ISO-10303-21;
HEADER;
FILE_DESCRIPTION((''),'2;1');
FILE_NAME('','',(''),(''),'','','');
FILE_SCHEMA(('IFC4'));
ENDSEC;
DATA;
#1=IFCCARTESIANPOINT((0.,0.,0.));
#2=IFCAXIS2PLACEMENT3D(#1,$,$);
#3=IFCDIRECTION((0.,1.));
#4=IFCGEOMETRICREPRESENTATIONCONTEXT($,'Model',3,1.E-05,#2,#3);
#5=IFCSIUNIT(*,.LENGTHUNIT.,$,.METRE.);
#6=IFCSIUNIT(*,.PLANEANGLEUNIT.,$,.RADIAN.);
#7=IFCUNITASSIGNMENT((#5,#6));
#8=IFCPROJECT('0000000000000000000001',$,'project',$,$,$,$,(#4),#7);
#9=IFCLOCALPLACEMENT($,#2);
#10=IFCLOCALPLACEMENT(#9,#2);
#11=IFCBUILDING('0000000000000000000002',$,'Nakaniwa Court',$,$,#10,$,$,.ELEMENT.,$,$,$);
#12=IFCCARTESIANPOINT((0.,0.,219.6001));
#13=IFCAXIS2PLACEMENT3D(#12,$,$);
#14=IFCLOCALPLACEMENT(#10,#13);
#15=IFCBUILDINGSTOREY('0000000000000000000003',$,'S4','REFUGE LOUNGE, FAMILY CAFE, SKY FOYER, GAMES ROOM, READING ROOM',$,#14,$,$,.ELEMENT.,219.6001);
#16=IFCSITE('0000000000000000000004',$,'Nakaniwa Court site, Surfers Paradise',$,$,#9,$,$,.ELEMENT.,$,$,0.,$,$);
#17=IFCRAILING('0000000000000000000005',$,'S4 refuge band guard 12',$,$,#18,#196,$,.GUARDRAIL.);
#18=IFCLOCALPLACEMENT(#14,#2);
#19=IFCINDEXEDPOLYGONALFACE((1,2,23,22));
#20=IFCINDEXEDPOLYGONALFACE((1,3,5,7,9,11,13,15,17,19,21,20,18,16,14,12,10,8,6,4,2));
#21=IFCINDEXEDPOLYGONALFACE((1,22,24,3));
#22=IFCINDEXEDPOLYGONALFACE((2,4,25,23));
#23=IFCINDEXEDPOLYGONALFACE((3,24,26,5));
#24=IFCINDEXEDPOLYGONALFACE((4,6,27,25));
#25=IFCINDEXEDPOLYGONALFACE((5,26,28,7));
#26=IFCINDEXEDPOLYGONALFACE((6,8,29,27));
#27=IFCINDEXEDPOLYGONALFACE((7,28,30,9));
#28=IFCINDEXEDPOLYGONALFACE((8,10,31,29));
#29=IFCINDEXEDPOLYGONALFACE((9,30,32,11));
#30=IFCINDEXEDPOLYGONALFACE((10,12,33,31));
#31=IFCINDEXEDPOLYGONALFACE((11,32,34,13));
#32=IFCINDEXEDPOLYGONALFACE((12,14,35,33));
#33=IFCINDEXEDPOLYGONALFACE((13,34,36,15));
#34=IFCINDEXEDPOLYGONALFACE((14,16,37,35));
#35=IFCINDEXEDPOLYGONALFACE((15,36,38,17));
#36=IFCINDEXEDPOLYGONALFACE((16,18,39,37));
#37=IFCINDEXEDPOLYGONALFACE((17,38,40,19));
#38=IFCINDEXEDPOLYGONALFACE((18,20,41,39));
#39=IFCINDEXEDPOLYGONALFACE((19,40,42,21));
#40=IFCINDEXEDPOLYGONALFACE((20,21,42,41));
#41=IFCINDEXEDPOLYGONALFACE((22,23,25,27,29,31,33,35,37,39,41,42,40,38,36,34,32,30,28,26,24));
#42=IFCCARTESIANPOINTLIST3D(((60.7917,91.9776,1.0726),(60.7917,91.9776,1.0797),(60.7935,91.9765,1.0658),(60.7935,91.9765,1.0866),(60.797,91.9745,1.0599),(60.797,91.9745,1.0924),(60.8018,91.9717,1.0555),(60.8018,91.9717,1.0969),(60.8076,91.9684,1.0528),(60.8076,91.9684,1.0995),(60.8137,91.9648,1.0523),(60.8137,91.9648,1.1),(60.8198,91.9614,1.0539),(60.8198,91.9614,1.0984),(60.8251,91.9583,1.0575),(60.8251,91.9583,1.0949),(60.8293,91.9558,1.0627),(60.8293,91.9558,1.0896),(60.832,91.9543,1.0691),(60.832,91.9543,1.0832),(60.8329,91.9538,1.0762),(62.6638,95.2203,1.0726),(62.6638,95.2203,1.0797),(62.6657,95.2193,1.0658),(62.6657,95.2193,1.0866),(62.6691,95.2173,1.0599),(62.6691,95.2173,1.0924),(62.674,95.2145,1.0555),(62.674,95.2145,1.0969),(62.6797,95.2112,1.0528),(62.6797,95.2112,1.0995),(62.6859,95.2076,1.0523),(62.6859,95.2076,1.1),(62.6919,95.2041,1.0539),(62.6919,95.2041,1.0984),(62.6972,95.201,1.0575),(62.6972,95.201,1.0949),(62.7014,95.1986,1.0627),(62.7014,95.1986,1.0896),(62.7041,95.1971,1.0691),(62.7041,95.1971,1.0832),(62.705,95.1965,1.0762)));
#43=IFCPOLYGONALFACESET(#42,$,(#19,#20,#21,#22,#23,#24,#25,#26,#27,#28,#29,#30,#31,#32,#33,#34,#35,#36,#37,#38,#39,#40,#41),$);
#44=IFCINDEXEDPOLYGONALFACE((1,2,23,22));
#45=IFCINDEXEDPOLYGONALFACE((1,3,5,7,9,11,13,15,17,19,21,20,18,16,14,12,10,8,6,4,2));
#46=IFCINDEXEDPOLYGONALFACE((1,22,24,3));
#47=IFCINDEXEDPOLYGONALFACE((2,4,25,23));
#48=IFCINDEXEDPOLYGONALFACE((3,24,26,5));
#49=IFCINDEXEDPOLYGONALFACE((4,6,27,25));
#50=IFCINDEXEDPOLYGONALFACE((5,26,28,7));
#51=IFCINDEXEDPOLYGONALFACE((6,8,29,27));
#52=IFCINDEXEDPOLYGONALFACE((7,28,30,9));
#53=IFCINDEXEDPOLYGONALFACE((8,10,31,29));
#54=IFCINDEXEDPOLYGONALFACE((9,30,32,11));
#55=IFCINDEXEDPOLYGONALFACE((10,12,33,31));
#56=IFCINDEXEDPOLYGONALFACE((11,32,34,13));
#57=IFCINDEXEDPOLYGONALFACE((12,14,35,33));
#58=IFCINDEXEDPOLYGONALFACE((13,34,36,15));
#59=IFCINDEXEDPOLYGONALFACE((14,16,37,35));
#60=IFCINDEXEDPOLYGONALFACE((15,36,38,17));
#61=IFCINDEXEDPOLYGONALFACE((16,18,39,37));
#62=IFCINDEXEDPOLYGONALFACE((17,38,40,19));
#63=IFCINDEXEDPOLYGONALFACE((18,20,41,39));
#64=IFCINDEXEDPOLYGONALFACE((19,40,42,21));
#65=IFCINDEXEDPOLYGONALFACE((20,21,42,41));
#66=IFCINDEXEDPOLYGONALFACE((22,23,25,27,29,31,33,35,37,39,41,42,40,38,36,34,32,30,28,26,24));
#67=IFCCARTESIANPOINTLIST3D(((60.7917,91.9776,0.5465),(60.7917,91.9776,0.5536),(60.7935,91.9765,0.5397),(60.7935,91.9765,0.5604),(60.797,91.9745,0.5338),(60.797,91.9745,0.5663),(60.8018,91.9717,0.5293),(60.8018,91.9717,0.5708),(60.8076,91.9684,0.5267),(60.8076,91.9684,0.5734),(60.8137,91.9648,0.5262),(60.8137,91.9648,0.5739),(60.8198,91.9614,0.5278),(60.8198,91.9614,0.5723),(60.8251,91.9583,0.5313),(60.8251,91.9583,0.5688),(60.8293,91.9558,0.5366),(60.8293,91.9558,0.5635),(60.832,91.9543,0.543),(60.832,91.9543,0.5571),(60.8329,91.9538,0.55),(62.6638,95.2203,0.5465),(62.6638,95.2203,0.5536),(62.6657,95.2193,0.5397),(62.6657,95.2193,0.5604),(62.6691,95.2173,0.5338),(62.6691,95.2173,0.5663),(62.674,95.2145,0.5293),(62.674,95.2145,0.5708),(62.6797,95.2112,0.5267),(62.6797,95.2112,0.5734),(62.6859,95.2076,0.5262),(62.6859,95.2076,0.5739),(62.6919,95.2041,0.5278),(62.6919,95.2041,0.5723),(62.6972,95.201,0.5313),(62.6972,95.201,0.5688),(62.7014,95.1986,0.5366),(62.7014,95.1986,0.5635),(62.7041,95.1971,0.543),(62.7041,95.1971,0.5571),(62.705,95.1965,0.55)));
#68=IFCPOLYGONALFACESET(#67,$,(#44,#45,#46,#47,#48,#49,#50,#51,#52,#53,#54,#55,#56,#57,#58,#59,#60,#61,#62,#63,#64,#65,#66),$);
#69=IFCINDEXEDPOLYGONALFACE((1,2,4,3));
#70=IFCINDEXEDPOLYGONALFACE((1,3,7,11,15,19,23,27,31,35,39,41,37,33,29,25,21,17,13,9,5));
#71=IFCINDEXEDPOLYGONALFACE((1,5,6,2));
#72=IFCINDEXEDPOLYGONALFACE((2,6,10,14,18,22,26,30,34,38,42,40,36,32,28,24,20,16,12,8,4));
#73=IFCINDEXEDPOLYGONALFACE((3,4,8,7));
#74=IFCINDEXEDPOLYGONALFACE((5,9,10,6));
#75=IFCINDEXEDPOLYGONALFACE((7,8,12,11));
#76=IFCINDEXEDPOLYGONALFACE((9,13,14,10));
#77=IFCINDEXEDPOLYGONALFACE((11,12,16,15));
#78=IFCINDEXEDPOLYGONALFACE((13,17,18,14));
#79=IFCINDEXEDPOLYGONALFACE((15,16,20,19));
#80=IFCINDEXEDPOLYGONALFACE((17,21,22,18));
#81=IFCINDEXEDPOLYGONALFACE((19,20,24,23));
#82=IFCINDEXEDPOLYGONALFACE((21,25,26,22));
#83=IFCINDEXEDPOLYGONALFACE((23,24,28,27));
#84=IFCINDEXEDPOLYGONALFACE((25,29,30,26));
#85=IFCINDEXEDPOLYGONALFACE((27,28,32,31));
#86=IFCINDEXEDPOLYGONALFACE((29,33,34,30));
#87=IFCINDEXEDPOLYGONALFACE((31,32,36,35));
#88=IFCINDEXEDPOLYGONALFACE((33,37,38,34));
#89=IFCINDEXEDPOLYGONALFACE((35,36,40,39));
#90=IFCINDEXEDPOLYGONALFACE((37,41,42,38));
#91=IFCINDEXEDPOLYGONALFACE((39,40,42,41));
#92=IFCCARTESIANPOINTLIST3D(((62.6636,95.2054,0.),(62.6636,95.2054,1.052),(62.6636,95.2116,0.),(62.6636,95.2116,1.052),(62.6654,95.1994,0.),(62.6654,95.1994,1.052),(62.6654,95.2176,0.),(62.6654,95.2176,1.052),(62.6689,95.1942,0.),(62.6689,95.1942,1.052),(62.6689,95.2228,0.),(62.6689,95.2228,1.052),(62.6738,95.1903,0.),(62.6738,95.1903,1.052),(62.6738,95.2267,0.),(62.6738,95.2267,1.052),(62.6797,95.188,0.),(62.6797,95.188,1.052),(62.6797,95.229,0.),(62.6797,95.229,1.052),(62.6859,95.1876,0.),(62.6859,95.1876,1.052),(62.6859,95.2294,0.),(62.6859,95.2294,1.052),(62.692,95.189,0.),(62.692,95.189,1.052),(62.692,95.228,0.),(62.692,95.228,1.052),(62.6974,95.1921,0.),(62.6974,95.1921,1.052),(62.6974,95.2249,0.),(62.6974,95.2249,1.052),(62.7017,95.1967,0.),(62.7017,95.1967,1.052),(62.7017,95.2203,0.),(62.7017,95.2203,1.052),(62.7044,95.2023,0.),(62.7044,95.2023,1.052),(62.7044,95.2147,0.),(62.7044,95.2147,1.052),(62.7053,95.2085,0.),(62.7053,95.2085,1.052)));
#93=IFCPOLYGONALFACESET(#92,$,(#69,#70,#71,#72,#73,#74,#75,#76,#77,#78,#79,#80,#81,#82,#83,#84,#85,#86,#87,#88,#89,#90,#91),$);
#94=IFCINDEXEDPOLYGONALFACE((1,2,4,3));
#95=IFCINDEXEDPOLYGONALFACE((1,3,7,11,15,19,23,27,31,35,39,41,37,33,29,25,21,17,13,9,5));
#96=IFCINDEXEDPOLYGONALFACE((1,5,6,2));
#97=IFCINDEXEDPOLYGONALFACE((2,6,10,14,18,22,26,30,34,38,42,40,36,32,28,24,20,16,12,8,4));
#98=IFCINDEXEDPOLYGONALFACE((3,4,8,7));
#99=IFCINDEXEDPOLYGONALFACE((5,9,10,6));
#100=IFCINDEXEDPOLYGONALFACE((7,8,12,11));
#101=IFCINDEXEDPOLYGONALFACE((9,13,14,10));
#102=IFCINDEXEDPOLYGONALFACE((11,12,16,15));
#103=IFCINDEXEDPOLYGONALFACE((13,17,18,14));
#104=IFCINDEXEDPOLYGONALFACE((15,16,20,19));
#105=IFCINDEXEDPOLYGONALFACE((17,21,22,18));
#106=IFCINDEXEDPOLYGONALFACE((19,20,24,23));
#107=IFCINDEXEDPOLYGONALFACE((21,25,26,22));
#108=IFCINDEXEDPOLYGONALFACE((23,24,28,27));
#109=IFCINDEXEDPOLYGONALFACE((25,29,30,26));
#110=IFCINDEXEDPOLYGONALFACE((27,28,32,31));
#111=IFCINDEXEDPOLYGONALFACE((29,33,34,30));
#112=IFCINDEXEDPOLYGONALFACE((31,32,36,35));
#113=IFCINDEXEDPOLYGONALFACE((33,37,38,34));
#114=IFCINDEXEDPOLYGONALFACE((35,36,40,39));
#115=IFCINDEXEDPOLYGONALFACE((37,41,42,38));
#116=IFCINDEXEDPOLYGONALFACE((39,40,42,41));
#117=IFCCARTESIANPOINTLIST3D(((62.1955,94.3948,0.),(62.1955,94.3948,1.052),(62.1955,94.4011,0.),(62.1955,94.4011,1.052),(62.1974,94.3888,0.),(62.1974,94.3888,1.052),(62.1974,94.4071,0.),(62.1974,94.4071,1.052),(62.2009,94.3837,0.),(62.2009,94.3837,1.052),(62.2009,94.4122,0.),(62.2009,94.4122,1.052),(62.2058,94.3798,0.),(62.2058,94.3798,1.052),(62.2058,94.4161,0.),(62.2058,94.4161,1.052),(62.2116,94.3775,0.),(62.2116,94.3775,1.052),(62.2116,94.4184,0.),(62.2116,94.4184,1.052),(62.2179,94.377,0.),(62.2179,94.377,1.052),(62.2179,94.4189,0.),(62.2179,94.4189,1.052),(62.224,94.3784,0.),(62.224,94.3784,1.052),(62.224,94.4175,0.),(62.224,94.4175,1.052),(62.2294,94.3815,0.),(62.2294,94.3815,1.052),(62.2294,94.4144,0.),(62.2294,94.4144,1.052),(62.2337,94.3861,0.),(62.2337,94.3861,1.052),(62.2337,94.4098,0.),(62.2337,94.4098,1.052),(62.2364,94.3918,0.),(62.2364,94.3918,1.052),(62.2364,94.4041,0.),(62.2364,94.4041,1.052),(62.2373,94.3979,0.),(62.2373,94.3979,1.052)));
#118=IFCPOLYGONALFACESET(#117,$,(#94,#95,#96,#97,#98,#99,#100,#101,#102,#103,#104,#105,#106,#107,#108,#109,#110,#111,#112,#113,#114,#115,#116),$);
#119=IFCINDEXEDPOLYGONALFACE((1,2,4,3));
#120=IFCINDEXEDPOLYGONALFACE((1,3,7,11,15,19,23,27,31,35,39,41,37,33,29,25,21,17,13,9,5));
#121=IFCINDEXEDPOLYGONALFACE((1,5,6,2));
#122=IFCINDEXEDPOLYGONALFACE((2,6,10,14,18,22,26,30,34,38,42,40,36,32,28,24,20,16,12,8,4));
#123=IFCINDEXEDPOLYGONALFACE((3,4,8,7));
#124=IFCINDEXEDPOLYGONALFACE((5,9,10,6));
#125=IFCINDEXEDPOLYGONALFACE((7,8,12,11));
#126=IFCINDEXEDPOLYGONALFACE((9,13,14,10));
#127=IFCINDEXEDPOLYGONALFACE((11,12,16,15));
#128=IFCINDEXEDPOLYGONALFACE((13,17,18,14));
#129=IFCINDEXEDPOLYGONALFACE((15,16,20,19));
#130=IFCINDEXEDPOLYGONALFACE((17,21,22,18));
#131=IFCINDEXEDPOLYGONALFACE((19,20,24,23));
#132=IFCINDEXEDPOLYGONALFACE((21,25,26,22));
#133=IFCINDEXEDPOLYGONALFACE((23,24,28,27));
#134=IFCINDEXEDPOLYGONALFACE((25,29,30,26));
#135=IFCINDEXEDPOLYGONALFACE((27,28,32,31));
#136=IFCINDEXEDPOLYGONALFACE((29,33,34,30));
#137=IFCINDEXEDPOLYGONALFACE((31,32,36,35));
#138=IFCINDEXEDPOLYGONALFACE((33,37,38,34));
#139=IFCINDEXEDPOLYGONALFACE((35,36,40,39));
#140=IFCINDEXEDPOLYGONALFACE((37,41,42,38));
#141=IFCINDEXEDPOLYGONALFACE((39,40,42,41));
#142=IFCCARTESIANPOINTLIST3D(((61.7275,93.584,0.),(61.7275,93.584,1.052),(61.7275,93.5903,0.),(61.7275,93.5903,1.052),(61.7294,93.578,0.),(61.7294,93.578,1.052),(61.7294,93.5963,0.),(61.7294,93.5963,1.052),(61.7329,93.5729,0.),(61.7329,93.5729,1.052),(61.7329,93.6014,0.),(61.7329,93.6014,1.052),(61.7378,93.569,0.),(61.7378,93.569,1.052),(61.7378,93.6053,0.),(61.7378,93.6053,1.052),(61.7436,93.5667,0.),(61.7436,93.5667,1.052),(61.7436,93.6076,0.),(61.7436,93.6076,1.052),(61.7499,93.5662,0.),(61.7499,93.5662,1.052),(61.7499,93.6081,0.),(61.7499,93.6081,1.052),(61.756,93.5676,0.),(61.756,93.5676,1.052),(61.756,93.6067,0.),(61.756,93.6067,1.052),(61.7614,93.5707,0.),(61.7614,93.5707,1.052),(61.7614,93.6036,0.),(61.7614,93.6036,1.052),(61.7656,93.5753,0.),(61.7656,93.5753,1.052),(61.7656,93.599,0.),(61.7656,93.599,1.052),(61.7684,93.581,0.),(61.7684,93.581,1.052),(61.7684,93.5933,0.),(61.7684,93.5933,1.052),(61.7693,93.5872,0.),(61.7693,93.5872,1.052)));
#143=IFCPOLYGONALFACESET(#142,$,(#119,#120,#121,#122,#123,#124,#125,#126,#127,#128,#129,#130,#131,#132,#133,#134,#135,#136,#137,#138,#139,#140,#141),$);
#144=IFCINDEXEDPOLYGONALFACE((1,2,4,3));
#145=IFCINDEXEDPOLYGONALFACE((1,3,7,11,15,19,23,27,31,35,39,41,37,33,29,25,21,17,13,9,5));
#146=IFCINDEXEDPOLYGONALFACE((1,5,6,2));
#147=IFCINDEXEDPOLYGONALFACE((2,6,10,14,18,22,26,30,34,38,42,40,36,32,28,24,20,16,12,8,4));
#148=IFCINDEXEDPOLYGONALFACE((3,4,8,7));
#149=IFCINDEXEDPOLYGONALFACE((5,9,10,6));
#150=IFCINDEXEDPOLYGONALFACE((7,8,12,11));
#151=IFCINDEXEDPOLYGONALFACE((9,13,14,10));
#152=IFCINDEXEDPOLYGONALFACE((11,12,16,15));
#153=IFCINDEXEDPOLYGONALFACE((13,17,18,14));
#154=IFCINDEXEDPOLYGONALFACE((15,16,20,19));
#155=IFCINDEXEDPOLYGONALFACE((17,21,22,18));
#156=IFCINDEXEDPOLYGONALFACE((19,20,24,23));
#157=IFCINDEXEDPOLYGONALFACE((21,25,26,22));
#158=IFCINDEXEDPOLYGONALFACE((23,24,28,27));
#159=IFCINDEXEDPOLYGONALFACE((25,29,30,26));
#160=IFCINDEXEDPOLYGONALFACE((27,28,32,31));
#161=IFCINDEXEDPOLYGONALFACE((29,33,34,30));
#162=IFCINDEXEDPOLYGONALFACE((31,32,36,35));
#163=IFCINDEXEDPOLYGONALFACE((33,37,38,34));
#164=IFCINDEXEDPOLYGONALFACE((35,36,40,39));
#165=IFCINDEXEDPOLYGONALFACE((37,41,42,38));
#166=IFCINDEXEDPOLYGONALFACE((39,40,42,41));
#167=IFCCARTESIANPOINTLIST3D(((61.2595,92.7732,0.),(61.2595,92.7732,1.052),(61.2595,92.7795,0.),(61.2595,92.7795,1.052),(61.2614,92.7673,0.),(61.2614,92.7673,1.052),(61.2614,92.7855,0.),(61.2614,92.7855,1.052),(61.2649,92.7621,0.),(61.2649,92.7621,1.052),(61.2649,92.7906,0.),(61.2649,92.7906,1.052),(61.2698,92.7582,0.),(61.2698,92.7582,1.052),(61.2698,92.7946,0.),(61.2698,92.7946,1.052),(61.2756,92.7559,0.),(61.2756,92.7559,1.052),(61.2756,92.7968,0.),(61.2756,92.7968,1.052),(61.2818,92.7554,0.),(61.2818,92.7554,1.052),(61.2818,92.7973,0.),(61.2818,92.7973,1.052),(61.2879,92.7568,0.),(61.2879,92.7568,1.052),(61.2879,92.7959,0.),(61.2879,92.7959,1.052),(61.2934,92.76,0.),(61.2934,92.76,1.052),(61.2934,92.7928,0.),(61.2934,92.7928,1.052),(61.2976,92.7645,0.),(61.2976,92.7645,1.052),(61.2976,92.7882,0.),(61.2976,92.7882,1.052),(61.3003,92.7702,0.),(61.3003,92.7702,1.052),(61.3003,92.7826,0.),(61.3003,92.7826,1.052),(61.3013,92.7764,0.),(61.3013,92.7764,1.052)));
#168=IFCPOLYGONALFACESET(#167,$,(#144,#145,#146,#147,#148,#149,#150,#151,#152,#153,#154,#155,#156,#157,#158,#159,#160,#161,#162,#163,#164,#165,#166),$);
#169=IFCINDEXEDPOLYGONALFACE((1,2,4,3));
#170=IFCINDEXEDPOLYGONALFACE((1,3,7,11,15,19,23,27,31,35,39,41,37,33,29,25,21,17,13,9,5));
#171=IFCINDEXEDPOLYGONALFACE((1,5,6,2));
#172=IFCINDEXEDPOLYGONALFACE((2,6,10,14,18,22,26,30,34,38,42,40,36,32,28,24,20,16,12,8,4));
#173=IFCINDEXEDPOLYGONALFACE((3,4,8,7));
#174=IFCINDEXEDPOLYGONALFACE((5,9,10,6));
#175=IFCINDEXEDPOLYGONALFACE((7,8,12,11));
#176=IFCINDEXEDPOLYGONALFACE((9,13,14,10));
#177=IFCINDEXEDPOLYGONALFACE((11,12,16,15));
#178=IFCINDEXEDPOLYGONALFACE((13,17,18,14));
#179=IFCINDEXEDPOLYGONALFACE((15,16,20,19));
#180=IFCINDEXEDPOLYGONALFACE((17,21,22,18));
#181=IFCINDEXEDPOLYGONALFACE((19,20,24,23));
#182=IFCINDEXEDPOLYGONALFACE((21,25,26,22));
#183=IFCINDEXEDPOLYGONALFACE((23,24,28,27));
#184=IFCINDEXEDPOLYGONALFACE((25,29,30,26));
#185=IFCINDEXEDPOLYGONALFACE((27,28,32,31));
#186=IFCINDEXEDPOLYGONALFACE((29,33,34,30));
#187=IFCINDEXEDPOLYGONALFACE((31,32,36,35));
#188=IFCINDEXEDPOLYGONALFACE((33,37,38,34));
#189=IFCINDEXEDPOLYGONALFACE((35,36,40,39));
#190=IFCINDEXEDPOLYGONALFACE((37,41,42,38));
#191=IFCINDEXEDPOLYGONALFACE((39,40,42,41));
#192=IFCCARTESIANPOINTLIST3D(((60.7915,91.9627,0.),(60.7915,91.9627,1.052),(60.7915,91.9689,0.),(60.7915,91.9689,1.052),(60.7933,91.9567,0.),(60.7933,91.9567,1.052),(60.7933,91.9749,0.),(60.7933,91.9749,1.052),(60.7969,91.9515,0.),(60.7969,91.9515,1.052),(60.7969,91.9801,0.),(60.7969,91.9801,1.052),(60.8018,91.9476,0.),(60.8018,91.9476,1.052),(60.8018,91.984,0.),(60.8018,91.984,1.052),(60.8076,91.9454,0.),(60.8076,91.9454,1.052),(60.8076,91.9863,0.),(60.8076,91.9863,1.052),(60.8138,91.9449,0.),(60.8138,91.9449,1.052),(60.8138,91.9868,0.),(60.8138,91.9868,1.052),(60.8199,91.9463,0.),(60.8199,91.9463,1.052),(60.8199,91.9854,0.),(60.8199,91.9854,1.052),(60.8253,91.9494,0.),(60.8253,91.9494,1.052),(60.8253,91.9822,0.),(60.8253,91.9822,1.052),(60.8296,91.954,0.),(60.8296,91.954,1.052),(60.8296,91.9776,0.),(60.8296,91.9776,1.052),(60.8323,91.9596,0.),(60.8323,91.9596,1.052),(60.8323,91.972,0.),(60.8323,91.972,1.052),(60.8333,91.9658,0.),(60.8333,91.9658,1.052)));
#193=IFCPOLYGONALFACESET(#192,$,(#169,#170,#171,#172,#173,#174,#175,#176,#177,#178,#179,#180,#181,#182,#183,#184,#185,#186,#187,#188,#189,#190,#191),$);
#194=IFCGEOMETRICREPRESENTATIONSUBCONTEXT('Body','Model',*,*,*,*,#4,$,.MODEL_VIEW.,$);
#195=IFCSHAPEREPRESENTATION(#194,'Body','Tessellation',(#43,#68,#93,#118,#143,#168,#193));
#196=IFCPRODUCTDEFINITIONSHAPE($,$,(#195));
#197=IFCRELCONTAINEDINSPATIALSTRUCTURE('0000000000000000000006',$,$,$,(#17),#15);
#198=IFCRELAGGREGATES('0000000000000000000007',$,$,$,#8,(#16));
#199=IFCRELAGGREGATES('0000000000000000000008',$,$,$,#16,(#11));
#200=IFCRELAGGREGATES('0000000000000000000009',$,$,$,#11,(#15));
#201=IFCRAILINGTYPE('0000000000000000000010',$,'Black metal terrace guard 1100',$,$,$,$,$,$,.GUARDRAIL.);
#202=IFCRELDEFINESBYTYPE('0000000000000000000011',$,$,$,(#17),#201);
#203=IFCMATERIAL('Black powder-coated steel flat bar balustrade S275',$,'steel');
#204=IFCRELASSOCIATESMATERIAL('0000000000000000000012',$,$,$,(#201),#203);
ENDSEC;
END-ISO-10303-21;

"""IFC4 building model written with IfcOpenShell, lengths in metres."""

from ifc_helpers import new_model, si_unit, direction, frame, origin, origin_2d, place, context, subcontext, project, spatial, circle, extrude, material, type_object, element, save


model = new_model("IFC4")

# Units and contexts
model_context = context("Model", 3, precision=1e-05, world=origin(), true_north=direction((0.0, 1.0)))
body_context = subcontext(model_context, "Body", "Model", "MODEL_VIEW")
ifc_project = project(units=[si_unit("LENGTHUNIT", "METRE"), si_unit("PLANEANGLEUNIT", "RADIAN")], contexts=[model_context])

# Site, building, storey
site_placement = place(None, origin())
site = spatial("IfcSite", under=ifc_project, at=site_placement, Name="Nakaniwa Court site, Surfers Paradise", CompositionType="ELEMENT", RefElevation=0.0)
building_placement = place(site_placement, origin())
building = spatial("IfcBuilding", under=site, at=building_placement, Name="Nakaniwa Court", CompositionType="ELEMENT")
storey_placement = place(building_placement, frame((0.0, 0.0, 219.6001)))
storey = spatial("IfcBuildingStorey", under=building, at=storey_placement, Name="S4", Description="REFUGE LOUNGE, FAMILY CAFE, SKY FOYER, GAMES ROOM, READING ROOM", CompositionType="ELEMENT", Elevation=219.6001)

# Railing
ifc_material_1 = material(Name="Black powder-coated steel flat bar balustrade S275", Category="steel")
railing_type = type_object("IfcRailingType", Name="Black metal terrace guard 1100", PredefinedType="GUARDRAIL", material=ifc_material_1)
railing_1_placement = place(storey_placement, frame((62.6843, 95.2085, 0.0)))
element("IfcRailing", 1, at=railing_1_placement, inside=storey, type_object=railing_type, Name="S4 refuge band guard 12", PredefinedType="GUARDRAIL", context=body_context, shape_type="SweptSolid", body=[
    extrude(circle(Radius=0.0239, at=origin_2d()), frame((0.0, 0.0, 1.0762), z_axis=(-0.499982, -0.866036, 0.0), x_axis=(0.866036, -0.499982, 0.0)), (0.0, 0.0, 1.0), 3.7444),
    extrude(circle(Radius=0.0239, at=origin_2d()), frame((0.0, 0.0, 0.55), z_axis=(-0.499982, -0.866036, 0.0), x_axis=(0.866036, -0.499982, 0.0)), (0.0, 0.0, 1.0), 3.7444),
    extrude(circle(Radius=0.021, at=origin_2d()), origin(), (0.0, 0.0, 1.0), 1.052),
    extrude(circle(Radius=0.021, at=origin_2d()), frame((-0.468, -0.8105, 0.0)), (0.0, 0.0, 1.0), 1.052),
    extrude(circle(Radius=0.021, at=origin_2d()), frame((-0.936, -1.6213, 0.0)), (0.0, 0.0, 1.0), 1.052),
    extrude(circle(Radius=0.021, at=origin_2d()), frame((-1.4041, -2.4321, 0.0)), (0.0, 0.0, 1.0), 1.052),
    extrude(circle(Radius=0.021, at=origin_2d()), frame((-1.8721, -3.2427, 0.0)), (0.0, 0.0, 1.0), 1.052),
])

save(model, "model.ifc")
